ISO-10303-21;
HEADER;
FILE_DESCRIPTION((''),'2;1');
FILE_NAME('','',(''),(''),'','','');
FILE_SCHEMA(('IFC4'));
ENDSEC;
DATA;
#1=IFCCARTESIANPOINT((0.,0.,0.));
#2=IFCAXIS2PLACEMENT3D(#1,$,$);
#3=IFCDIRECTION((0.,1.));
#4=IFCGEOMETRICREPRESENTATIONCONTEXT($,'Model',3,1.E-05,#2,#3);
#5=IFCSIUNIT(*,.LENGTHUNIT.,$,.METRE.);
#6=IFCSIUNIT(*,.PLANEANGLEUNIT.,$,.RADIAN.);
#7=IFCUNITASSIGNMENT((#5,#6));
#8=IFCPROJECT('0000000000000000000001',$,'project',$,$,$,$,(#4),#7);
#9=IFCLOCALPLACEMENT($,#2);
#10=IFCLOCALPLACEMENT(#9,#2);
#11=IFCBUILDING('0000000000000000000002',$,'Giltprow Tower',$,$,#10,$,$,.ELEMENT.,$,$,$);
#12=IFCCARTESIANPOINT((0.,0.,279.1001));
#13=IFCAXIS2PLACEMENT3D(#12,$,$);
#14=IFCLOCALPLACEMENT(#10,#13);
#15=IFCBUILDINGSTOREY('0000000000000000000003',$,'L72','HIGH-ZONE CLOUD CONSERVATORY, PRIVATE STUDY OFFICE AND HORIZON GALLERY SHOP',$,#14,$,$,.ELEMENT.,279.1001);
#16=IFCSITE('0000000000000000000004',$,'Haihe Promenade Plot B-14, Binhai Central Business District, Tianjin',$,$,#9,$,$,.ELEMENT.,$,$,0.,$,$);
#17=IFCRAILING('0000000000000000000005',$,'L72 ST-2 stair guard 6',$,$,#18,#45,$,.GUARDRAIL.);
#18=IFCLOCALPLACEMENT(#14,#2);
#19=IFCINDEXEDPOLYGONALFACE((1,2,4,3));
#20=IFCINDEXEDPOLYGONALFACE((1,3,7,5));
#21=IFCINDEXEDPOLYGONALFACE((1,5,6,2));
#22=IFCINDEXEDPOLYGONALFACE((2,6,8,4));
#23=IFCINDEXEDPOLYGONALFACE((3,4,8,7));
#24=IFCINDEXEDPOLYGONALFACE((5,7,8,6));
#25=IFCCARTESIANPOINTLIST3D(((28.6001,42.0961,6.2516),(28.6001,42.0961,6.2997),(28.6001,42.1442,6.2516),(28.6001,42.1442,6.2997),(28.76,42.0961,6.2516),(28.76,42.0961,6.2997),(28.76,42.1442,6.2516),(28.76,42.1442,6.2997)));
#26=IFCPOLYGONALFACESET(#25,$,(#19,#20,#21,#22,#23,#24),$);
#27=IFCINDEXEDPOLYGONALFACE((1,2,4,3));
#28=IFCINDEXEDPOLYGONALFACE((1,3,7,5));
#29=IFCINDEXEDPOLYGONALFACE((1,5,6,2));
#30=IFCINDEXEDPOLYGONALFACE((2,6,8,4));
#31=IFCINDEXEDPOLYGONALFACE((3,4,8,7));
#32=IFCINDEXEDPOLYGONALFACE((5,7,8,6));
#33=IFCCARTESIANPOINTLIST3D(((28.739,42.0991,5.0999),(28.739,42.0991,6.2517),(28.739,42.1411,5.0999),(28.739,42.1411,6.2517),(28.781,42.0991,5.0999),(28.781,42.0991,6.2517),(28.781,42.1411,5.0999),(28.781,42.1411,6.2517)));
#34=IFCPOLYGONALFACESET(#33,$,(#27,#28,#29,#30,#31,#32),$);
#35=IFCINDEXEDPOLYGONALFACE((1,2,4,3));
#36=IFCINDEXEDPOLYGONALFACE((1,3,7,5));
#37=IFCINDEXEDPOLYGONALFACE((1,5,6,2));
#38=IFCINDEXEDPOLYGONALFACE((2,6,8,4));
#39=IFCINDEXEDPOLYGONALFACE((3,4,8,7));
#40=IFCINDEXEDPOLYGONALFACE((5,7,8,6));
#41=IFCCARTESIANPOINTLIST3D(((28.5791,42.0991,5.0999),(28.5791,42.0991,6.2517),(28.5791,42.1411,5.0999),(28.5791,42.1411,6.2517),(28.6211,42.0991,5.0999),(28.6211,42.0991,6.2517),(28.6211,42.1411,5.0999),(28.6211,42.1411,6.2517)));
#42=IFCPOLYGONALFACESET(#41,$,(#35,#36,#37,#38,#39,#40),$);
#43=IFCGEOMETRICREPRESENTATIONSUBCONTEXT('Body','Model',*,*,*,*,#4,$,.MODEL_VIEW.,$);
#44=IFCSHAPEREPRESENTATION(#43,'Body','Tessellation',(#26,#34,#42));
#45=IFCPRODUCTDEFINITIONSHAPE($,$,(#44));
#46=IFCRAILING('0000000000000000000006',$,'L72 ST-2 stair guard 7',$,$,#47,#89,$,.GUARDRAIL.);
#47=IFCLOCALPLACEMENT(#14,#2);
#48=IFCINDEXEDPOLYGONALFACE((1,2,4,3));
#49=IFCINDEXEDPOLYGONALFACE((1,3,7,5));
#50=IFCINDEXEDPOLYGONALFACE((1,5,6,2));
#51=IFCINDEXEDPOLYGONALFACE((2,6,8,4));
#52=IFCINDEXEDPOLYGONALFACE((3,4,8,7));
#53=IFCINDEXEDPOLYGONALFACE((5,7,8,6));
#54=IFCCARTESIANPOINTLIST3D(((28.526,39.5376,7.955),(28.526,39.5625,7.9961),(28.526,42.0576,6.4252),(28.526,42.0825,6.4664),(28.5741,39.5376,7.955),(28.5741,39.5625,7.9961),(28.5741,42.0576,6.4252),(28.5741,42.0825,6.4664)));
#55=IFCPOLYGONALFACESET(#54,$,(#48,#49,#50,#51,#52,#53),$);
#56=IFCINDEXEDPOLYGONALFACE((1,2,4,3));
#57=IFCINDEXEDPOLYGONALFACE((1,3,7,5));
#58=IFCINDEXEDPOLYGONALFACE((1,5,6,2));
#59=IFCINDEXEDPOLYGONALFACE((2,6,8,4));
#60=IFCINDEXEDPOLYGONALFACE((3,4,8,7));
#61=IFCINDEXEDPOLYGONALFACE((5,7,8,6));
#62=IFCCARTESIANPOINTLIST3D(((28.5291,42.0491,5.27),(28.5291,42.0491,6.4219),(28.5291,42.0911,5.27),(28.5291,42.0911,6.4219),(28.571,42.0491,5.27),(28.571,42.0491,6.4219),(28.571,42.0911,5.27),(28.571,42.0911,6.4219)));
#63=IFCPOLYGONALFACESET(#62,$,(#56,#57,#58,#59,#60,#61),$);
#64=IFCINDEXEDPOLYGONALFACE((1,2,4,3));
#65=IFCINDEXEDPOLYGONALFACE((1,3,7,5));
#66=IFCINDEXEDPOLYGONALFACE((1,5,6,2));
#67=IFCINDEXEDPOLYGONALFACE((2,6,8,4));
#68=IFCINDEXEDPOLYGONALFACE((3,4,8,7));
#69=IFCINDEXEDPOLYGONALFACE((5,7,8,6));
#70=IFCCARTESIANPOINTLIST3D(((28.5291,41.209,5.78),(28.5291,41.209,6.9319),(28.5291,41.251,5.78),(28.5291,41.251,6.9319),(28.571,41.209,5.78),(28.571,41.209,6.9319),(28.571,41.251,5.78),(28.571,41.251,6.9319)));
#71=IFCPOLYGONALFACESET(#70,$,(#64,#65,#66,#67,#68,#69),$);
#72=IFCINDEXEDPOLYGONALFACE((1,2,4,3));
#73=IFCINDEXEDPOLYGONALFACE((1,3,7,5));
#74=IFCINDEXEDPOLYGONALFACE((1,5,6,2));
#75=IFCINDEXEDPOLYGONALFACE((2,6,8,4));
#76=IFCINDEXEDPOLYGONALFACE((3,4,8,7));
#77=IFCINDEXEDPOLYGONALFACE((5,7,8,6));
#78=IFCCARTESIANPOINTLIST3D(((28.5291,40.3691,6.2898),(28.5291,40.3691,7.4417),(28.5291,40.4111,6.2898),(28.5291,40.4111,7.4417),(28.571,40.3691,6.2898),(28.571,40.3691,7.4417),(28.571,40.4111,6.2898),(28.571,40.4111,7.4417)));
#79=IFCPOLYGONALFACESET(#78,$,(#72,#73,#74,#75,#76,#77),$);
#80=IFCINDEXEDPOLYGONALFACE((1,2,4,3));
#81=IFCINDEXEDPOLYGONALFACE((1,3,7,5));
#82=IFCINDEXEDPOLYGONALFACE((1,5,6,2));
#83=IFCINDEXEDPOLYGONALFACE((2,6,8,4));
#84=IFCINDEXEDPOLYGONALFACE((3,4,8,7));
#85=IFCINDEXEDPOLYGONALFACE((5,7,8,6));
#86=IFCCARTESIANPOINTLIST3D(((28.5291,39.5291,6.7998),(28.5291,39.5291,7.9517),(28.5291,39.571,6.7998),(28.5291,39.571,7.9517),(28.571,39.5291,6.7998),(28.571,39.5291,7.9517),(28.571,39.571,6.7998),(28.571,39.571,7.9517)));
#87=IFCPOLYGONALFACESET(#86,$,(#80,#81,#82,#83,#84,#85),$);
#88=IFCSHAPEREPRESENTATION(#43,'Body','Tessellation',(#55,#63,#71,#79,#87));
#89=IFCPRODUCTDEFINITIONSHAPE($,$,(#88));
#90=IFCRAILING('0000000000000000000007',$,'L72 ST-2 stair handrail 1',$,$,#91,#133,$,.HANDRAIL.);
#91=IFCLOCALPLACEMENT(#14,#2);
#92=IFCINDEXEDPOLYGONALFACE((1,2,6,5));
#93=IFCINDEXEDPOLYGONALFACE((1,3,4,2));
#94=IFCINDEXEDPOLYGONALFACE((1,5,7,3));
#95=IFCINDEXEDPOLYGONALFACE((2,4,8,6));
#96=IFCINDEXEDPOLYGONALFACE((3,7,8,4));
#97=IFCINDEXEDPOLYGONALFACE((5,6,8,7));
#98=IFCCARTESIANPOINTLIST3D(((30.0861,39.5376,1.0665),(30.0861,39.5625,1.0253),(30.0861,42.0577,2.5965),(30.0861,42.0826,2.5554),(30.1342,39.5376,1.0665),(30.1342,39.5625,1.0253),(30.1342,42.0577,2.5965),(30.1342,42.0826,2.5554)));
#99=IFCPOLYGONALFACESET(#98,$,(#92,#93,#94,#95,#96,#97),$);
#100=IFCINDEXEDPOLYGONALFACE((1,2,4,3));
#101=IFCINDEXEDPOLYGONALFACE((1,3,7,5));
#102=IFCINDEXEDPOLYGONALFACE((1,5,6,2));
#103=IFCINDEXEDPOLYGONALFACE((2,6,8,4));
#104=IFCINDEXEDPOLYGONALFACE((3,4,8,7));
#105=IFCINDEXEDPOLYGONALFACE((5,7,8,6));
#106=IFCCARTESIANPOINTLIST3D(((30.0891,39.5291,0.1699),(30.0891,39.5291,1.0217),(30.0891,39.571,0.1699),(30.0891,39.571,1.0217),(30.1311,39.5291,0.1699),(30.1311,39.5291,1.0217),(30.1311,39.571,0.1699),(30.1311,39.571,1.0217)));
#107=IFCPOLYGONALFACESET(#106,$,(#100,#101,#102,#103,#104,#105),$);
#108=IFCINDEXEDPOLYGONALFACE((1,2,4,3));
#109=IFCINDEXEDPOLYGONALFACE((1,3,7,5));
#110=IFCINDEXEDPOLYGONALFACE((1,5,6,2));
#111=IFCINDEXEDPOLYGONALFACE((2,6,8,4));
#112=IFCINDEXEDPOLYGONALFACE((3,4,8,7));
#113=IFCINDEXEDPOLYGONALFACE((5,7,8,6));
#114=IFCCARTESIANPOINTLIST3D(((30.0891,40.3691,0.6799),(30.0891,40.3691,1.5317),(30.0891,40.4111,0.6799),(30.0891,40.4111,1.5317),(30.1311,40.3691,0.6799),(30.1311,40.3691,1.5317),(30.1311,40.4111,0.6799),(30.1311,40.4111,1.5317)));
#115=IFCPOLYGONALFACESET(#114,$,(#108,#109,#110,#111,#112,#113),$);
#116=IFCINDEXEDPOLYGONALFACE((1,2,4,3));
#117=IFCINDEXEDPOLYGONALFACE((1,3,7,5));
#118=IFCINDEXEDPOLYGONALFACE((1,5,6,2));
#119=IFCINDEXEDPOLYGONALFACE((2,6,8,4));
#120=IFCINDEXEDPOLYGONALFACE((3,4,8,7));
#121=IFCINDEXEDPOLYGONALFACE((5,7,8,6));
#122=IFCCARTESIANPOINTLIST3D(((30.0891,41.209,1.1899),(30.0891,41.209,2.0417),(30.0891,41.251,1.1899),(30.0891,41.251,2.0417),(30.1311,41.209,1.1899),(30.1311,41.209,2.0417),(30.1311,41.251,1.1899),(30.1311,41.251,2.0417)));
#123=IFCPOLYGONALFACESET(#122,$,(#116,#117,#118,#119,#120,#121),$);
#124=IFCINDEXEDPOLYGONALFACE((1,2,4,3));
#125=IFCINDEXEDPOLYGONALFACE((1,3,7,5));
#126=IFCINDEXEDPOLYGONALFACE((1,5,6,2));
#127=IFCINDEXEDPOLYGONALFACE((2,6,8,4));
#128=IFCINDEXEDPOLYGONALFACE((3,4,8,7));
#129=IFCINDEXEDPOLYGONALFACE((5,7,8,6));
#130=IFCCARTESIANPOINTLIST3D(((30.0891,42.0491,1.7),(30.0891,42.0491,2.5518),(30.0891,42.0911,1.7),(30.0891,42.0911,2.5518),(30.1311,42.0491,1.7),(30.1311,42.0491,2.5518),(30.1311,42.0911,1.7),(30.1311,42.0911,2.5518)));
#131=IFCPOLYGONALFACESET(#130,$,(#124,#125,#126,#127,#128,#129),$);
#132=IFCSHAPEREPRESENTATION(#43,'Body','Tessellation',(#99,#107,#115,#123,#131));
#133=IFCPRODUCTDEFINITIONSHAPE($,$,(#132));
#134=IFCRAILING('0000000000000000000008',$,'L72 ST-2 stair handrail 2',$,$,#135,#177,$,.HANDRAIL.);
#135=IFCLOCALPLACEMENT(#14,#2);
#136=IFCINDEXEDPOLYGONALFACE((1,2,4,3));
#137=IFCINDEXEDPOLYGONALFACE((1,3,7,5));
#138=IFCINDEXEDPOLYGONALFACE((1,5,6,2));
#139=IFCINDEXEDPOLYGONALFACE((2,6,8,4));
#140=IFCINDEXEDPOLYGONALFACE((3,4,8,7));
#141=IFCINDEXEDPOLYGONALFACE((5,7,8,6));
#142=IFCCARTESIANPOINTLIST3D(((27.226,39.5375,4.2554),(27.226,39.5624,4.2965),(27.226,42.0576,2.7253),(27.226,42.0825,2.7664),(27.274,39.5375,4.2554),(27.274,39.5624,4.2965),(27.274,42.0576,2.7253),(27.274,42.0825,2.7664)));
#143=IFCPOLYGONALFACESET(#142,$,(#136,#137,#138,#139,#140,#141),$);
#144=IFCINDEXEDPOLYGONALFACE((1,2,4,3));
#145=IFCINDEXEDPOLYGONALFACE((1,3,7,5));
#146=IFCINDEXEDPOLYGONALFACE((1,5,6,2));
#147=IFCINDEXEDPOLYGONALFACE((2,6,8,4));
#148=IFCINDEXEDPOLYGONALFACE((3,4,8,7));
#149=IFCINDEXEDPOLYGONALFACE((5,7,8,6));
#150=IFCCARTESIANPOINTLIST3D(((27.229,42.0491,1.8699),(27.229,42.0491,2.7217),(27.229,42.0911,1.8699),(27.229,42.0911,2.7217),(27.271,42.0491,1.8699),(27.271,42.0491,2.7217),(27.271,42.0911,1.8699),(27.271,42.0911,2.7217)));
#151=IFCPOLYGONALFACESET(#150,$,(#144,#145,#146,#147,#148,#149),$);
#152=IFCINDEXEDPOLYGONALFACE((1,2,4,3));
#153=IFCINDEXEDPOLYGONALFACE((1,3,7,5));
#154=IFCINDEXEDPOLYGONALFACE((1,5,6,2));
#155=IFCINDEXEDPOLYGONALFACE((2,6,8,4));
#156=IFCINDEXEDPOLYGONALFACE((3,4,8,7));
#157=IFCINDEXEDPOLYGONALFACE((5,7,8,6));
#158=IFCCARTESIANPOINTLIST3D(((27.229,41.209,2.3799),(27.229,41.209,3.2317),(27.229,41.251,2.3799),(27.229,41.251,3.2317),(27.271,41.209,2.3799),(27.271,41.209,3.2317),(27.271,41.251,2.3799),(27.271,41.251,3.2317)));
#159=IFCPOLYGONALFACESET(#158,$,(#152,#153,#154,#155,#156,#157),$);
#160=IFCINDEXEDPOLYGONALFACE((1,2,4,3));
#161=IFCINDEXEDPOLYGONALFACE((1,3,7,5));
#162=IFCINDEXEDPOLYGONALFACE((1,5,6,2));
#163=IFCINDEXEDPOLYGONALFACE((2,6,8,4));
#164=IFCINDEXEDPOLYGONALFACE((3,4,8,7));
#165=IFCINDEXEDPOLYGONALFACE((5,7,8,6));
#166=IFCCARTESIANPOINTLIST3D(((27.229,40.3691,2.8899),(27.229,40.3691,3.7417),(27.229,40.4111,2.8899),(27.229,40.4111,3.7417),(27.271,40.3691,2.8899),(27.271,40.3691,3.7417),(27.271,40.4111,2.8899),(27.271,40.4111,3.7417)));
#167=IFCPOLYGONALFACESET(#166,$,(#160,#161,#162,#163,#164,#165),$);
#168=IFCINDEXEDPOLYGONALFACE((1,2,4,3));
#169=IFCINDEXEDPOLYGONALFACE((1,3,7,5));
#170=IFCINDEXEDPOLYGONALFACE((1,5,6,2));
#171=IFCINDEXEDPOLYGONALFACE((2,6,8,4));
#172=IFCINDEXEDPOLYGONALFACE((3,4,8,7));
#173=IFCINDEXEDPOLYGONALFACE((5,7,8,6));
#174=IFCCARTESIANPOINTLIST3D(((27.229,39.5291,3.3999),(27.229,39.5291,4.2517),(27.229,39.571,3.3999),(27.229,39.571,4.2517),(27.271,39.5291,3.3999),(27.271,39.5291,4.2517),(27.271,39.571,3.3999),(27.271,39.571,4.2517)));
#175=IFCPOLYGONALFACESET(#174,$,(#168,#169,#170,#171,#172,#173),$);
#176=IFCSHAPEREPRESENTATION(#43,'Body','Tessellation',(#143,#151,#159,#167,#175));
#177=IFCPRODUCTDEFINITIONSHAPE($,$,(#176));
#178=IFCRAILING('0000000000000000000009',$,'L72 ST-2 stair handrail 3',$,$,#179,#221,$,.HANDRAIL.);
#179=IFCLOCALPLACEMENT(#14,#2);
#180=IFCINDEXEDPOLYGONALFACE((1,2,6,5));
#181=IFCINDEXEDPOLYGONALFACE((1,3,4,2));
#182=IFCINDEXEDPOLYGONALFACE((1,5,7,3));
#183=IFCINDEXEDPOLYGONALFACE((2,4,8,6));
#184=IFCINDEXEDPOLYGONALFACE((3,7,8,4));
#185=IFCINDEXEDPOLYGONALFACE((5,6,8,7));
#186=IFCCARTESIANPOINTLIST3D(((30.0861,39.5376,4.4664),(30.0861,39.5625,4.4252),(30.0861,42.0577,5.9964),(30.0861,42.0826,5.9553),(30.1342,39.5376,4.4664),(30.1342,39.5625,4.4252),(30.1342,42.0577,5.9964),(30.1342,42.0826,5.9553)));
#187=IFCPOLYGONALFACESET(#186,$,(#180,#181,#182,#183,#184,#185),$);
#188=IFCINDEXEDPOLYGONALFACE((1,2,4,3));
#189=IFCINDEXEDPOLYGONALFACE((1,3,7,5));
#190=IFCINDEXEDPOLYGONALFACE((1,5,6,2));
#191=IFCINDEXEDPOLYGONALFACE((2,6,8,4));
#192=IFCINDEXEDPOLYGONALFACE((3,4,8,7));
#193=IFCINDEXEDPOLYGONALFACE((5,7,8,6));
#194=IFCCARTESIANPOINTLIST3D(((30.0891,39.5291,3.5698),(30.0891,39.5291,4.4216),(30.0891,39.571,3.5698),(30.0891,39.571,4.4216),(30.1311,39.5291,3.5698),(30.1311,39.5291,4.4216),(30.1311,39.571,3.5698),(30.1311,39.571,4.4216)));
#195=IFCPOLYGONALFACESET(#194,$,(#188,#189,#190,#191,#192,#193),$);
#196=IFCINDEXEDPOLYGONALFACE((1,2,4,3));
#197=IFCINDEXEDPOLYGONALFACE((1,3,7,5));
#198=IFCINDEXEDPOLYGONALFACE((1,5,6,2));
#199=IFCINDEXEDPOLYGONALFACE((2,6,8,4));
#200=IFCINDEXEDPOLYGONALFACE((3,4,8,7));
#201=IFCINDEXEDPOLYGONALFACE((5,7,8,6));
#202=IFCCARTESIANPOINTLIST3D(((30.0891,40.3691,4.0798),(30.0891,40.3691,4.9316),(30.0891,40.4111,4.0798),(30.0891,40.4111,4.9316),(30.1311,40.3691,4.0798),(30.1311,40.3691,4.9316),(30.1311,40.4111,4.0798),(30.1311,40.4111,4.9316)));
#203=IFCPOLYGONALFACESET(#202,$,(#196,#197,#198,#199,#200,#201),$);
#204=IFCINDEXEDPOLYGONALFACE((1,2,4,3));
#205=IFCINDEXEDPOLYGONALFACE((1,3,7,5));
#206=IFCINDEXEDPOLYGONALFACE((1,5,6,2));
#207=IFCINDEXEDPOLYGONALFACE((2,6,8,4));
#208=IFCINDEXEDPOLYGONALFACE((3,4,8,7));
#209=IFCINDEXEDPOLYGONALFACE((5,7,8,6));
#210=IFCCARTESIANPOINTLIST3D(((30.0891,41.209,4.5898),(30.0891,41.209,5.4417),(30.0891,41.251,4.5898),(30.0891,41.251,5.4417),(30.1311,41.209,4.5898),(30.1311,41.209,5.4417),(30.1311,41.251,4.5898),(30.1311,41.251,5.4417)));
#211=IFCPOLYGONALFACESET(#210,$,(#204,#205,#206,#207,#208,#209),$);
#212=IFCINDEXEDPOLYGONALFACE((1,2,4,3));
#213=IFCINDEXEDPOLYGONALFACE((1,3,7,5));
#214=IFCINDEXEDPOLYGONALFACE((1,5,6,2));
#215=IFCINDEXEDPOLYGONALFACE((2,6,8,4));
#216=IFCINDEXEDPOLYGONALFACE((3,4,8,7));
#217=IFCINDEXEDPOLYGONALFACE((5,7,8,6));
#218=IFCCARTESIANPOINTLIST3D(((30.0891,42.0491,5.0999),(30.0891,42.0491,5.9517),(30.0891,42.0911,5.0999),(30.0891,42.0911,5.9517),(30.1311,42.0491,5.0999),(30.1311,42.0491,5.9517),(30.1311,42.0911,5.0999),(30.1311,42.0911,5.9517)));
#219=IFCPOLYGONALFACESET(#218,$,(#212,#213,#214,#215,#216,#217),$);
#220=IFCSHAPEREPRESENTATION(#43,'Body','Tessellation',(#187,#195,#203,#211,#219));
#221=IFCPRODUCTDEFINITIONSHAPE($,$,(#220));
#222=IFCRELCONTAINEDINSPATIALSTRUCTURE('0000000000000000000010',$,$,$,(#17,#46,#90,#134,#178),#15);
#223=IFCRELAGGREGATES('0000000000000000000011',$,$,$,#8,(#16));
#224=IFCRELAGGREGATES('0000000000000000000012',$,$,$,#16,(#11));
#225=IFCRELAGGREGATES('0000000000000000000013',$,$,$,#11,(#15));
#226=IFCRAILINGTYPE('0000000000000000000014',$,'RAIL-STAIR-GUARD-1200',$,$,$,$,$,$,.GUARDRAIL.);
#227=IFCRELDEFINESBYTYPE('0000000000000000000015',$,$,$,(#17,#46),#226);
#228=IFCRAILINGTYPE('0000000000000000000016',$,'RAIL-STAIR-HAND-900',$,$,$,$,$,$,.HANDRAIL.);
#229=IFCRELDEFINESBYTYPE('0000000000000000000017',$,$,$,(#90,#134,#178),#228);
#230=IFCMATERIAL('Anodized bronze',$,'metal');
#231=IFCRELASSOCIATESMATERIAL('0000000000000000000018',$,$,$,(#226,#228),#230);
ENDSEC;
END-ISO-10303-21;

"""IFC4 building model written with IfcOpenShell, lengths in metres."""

from ifc_helpers import new_model, si_unit, direction, frame, origin, origin_2d, place, context, subcontext, project, spatial, rectangle, extrude, material, type_object, element, save


model = new_model("IFC4")

# Units and contexts
model_context = context("Model", 3, precision=1e-05, world=origin(), true_north=direction((0.0, 1.0)))
body_context = subcontext(model_context, "Body", "Model", "MODEL_VIEW")
ifc_project = project(units=[si_unit("LENGTHUNIT", "METRE"), si_unit("PLANEANGLEUNIT", "RADIAN")], contexts=[model_context])

# Site, building, storey
site_placement = place(None, origin())
site = spatial("IfcSite", under=ifc_project, at=site_placement, Name="Haihe Promenade Plot B-14, Binhai Central Business District, Tianjin", CompositionType="ELEMENT", RefElevation=0.0)
building_placement = place(site_placement, origin())
building = spatial("IfcBuilding", under=site, at=building_placement, Name="Giltprow Tower", CompositionType="ELEMENT")
storey_placement = place(building_placement, frame((0.0, 0.0, 279.1001)))
storey = spatial("IfcBuildingStorey", under=building, at=storey_placement, Name="L72", Description="HIGH-ZONE CLOUD CONSERVATORY, PRIVATE STUDY OFFICE AND HORIZON GALLERY SHOP", CompositionType="ELEMENT", Elevation=279.1001)

# Railings
ifc_material_1 = material(Name="Anodized bronze", Category="metal")
railing_type_1 = type_object("IfcRailingType", Name="RAIL-STAIR-GUARD-1200", PredefinedType="GUARDRAIL", material=ifc_material_1)
railing_1_placement = place(storey_placement, frame((28.76, 42.1201, 5.0999)))
element("IfcRailing", 1, at=railing_1_placement, inside=storey, type_object=railing_type_1, Name="L72 ST-2 stair guard 6", PredefinedType="GUARDRAIL", context=body_context, shape_type="SweptSolid", body=[
    extrude(rectangle(XDim=0.0481, YDim=0.0481, at=origin_2d()), frame((0.0, 0.0, 1.1758), z_axis=(-1.0, 0.0, 0.0), x_axis=(0.0, -1.0, 0.0)), (0.0, 0.0, 1.0), 0.1599),
    extrude(rectangle(XDim=0.042, YDim=0.042, at=origin_2d()), origin(), (0.0, 0.0, 1.0), 1.1519),
    extrude(rectangle(XDim=0.042, YDim=0.042, at=origin_2d()), frame((-0.1599, 0.0, 0.0)), (0.0, 0.0, 1.0), 1.1519),
])
railing_2_placement = place(storey_placement, frame((28.55, 42.0701, 5.27)))
element("IfcRailing", 2, at=railing_2_placement, inside=storey, type_object=railing_type_1, Name="L72 ST-2 stair guard 7", PredefinedType="GUARDRAIL", context=body_context, shape_type="SweptSolid", body=[
    extrude(rectangle(XDim=0.0481, YDim=0.0481, at=origin_2d()), frame((0.0, 0.0, 1.1758), z_axis=(0.0, -0.854822, 0.518922), x_axis=(1.0, 0.0, 0.0)), (0.0, 0.0, 1.0), 2.948),
    extrude(rectangle(XDim=0.042, YDim=0.042, at=origin_2d()), origin(), (0.0, 0.0, 1.0), 1.1519),
    extrude(rectangle(XDim=0.042, YDim=0.042, at=origin_2d()), frame((0.0, -0.8401, 0.51)), (0.0, 0.0, 1.0), 1.1519),
    extrude(rectangle(XDim=0.042, YDim=0.042, at=origin_2d()), frame((0.0, -1.6799, 1.0198)), (0.0, 0.0, 1.0), 1.1519),
    extrude(rectangle(XDim=0.042, YDim=0.042, at=origin_2d()), frame((0.0, -2.52, 1.5298)), (0.0, 0.0, 1.0), 1.1519),
])
railing_type_2 = type_object("IfcRailingType", Name="RAIL-STAIR-HAND-900", PredefinedType="HANDRAIL", material=ifc_material_1)
railing_3_placement = place(storey_placement, frame((30.1101, 39.55, 0.1699)))
element("IfcRailing", 3, at=railing_3_placement, inside=storey, type_object=railing_type_2, Name="L72 ST-2 stair handrail 1", PredefinedType="HANDRAIL", context=body_context, shape_type="SweptSolid", body=[
    extrude(rectangle(XDim=0.0481, YDim=0.0481, at=origin_2d()), frame((0.0, 0.0, 0.876), z_axis=(0.0, 0.854785, 0.518982), x_axis=(-1.0, 0.0, 0.0)), (0.0, 0.0, 1.0), 2.9482),
    extrude(rectangle(XDim=0.042, YDim=0.042, at=origin_2d()), origin(), (0.0, 0.0, 1.0), 0.8518),
    extrude(rectangle(XDim=0.042, YDim=0.042, at=origin_2d()), frame((0.0, 0.8401, 0.51)), (0.0, 0.0, 1.0), 0.8518),
    extrude(rectangle(XDim=0.042, YDim=0.042, at=origin_2d()), frame((0.0, 1.6799, 1.02)), (0.0, 0.0, 1.0), 0.8518),
    extrude(rectangle(XDim=0.042, YDim=0.042, at=origin_2d()), frame((0.0, 2.52, 1.53)), (0.0, 0.0, 1.0), 0.8518),
])
railing_4_placement = place(storey_placement, frame((27.25, 42.0701, 1.8699)))
element("IfcRailing", 4, at=railing_4_placement, inside=storey, type_object=railing_type_2, Name="L72 ST-2 stair handrail 2", PredefinedType="HANDRAIL", context=body_context, shape_type="SweptSolid", body=[
    extrude(rectangle(XDim=0.0481, YDim=0.0481, at=origin_2d()), frame((0.0, 0.0, 0.876), z_axis=(0.0, -0.854785, 0.518982), x_axis=(1.0, 0.0, 0.0)), (0.0, 0.0, 1.0), 2.9482),
    extrude(rectangle(XDim=0.042, YDim=0.042, at=origin_2d()), origin(), (0.0, 0.0, 1.0), 0.8518),
    extrude(rectangle(XDim=0.042, YDim=0.042, at=origin_2d()), frame((0.0, -0.8401, 0.51)), (0.0, 0.0, 1.0), 0.8518),
    extrude(rectangle(XDim=0.042, YDim=0.042, at=origin_2d()), frame((0.0, -1.6799, 1.02)), (0.0, 0.0, 1.0), 0.8518),
    extrude(rectangle(XDim=0.042, YDim=0.042, at=origin_2d()), frame((0.0, -2.52, 1.53)), (0.0, 0.0, 1.0), 0.8518),
])
railing_5_placement = place(storey_placement, frame((30.1101, 39.55, 3.5698)))
element("IfcRailing", 5, at=railing_5_placement, inside=storey, type_object=railing_type_2, Name="L72 ST-2 stair handrail 3", PredefinedType="HANDRAIL", context=body_context, shape_type="SweptSolid", body=[
    extrude(rectangle(XDim=0.0481, YDim=0.0481, at=origin_2d()), frame((0.0, 0.0, 0.876), z_axis=(0.0, 0.854785, 0.518982), x_axis=(-1.0, 0.0, 0.0)), (0.0, 0.0, 1.0), 2.9482),
    extrude(rectangle(XDim=0.042, YDim=0.042, at=origin_2d()), origin(), (0.0, 0.0, 1.0), 0.8518),
    extrude(rectangle(XDim=0.042, YDim=0.042, at=origin_2d()), frame((0.0, 0.8401, 0.51)), (0.0, 0.0, 1.0), 0.8518),
    extrude(rectangle(XDim=0.042, YDim=0.042, at=origin_2d()), frame((0.0, 1.6799, 1.02)), (0.0, 0.0, 1.0), 0.8518),
    extrude(rectangle(XDim=0.042, YDim=0.042, at=origin_2d()), frame((0.0, 2.52, 1.53)), (0.0, 0.0, 1.0), 0.8518),
])

save(model, "model.ifc")
